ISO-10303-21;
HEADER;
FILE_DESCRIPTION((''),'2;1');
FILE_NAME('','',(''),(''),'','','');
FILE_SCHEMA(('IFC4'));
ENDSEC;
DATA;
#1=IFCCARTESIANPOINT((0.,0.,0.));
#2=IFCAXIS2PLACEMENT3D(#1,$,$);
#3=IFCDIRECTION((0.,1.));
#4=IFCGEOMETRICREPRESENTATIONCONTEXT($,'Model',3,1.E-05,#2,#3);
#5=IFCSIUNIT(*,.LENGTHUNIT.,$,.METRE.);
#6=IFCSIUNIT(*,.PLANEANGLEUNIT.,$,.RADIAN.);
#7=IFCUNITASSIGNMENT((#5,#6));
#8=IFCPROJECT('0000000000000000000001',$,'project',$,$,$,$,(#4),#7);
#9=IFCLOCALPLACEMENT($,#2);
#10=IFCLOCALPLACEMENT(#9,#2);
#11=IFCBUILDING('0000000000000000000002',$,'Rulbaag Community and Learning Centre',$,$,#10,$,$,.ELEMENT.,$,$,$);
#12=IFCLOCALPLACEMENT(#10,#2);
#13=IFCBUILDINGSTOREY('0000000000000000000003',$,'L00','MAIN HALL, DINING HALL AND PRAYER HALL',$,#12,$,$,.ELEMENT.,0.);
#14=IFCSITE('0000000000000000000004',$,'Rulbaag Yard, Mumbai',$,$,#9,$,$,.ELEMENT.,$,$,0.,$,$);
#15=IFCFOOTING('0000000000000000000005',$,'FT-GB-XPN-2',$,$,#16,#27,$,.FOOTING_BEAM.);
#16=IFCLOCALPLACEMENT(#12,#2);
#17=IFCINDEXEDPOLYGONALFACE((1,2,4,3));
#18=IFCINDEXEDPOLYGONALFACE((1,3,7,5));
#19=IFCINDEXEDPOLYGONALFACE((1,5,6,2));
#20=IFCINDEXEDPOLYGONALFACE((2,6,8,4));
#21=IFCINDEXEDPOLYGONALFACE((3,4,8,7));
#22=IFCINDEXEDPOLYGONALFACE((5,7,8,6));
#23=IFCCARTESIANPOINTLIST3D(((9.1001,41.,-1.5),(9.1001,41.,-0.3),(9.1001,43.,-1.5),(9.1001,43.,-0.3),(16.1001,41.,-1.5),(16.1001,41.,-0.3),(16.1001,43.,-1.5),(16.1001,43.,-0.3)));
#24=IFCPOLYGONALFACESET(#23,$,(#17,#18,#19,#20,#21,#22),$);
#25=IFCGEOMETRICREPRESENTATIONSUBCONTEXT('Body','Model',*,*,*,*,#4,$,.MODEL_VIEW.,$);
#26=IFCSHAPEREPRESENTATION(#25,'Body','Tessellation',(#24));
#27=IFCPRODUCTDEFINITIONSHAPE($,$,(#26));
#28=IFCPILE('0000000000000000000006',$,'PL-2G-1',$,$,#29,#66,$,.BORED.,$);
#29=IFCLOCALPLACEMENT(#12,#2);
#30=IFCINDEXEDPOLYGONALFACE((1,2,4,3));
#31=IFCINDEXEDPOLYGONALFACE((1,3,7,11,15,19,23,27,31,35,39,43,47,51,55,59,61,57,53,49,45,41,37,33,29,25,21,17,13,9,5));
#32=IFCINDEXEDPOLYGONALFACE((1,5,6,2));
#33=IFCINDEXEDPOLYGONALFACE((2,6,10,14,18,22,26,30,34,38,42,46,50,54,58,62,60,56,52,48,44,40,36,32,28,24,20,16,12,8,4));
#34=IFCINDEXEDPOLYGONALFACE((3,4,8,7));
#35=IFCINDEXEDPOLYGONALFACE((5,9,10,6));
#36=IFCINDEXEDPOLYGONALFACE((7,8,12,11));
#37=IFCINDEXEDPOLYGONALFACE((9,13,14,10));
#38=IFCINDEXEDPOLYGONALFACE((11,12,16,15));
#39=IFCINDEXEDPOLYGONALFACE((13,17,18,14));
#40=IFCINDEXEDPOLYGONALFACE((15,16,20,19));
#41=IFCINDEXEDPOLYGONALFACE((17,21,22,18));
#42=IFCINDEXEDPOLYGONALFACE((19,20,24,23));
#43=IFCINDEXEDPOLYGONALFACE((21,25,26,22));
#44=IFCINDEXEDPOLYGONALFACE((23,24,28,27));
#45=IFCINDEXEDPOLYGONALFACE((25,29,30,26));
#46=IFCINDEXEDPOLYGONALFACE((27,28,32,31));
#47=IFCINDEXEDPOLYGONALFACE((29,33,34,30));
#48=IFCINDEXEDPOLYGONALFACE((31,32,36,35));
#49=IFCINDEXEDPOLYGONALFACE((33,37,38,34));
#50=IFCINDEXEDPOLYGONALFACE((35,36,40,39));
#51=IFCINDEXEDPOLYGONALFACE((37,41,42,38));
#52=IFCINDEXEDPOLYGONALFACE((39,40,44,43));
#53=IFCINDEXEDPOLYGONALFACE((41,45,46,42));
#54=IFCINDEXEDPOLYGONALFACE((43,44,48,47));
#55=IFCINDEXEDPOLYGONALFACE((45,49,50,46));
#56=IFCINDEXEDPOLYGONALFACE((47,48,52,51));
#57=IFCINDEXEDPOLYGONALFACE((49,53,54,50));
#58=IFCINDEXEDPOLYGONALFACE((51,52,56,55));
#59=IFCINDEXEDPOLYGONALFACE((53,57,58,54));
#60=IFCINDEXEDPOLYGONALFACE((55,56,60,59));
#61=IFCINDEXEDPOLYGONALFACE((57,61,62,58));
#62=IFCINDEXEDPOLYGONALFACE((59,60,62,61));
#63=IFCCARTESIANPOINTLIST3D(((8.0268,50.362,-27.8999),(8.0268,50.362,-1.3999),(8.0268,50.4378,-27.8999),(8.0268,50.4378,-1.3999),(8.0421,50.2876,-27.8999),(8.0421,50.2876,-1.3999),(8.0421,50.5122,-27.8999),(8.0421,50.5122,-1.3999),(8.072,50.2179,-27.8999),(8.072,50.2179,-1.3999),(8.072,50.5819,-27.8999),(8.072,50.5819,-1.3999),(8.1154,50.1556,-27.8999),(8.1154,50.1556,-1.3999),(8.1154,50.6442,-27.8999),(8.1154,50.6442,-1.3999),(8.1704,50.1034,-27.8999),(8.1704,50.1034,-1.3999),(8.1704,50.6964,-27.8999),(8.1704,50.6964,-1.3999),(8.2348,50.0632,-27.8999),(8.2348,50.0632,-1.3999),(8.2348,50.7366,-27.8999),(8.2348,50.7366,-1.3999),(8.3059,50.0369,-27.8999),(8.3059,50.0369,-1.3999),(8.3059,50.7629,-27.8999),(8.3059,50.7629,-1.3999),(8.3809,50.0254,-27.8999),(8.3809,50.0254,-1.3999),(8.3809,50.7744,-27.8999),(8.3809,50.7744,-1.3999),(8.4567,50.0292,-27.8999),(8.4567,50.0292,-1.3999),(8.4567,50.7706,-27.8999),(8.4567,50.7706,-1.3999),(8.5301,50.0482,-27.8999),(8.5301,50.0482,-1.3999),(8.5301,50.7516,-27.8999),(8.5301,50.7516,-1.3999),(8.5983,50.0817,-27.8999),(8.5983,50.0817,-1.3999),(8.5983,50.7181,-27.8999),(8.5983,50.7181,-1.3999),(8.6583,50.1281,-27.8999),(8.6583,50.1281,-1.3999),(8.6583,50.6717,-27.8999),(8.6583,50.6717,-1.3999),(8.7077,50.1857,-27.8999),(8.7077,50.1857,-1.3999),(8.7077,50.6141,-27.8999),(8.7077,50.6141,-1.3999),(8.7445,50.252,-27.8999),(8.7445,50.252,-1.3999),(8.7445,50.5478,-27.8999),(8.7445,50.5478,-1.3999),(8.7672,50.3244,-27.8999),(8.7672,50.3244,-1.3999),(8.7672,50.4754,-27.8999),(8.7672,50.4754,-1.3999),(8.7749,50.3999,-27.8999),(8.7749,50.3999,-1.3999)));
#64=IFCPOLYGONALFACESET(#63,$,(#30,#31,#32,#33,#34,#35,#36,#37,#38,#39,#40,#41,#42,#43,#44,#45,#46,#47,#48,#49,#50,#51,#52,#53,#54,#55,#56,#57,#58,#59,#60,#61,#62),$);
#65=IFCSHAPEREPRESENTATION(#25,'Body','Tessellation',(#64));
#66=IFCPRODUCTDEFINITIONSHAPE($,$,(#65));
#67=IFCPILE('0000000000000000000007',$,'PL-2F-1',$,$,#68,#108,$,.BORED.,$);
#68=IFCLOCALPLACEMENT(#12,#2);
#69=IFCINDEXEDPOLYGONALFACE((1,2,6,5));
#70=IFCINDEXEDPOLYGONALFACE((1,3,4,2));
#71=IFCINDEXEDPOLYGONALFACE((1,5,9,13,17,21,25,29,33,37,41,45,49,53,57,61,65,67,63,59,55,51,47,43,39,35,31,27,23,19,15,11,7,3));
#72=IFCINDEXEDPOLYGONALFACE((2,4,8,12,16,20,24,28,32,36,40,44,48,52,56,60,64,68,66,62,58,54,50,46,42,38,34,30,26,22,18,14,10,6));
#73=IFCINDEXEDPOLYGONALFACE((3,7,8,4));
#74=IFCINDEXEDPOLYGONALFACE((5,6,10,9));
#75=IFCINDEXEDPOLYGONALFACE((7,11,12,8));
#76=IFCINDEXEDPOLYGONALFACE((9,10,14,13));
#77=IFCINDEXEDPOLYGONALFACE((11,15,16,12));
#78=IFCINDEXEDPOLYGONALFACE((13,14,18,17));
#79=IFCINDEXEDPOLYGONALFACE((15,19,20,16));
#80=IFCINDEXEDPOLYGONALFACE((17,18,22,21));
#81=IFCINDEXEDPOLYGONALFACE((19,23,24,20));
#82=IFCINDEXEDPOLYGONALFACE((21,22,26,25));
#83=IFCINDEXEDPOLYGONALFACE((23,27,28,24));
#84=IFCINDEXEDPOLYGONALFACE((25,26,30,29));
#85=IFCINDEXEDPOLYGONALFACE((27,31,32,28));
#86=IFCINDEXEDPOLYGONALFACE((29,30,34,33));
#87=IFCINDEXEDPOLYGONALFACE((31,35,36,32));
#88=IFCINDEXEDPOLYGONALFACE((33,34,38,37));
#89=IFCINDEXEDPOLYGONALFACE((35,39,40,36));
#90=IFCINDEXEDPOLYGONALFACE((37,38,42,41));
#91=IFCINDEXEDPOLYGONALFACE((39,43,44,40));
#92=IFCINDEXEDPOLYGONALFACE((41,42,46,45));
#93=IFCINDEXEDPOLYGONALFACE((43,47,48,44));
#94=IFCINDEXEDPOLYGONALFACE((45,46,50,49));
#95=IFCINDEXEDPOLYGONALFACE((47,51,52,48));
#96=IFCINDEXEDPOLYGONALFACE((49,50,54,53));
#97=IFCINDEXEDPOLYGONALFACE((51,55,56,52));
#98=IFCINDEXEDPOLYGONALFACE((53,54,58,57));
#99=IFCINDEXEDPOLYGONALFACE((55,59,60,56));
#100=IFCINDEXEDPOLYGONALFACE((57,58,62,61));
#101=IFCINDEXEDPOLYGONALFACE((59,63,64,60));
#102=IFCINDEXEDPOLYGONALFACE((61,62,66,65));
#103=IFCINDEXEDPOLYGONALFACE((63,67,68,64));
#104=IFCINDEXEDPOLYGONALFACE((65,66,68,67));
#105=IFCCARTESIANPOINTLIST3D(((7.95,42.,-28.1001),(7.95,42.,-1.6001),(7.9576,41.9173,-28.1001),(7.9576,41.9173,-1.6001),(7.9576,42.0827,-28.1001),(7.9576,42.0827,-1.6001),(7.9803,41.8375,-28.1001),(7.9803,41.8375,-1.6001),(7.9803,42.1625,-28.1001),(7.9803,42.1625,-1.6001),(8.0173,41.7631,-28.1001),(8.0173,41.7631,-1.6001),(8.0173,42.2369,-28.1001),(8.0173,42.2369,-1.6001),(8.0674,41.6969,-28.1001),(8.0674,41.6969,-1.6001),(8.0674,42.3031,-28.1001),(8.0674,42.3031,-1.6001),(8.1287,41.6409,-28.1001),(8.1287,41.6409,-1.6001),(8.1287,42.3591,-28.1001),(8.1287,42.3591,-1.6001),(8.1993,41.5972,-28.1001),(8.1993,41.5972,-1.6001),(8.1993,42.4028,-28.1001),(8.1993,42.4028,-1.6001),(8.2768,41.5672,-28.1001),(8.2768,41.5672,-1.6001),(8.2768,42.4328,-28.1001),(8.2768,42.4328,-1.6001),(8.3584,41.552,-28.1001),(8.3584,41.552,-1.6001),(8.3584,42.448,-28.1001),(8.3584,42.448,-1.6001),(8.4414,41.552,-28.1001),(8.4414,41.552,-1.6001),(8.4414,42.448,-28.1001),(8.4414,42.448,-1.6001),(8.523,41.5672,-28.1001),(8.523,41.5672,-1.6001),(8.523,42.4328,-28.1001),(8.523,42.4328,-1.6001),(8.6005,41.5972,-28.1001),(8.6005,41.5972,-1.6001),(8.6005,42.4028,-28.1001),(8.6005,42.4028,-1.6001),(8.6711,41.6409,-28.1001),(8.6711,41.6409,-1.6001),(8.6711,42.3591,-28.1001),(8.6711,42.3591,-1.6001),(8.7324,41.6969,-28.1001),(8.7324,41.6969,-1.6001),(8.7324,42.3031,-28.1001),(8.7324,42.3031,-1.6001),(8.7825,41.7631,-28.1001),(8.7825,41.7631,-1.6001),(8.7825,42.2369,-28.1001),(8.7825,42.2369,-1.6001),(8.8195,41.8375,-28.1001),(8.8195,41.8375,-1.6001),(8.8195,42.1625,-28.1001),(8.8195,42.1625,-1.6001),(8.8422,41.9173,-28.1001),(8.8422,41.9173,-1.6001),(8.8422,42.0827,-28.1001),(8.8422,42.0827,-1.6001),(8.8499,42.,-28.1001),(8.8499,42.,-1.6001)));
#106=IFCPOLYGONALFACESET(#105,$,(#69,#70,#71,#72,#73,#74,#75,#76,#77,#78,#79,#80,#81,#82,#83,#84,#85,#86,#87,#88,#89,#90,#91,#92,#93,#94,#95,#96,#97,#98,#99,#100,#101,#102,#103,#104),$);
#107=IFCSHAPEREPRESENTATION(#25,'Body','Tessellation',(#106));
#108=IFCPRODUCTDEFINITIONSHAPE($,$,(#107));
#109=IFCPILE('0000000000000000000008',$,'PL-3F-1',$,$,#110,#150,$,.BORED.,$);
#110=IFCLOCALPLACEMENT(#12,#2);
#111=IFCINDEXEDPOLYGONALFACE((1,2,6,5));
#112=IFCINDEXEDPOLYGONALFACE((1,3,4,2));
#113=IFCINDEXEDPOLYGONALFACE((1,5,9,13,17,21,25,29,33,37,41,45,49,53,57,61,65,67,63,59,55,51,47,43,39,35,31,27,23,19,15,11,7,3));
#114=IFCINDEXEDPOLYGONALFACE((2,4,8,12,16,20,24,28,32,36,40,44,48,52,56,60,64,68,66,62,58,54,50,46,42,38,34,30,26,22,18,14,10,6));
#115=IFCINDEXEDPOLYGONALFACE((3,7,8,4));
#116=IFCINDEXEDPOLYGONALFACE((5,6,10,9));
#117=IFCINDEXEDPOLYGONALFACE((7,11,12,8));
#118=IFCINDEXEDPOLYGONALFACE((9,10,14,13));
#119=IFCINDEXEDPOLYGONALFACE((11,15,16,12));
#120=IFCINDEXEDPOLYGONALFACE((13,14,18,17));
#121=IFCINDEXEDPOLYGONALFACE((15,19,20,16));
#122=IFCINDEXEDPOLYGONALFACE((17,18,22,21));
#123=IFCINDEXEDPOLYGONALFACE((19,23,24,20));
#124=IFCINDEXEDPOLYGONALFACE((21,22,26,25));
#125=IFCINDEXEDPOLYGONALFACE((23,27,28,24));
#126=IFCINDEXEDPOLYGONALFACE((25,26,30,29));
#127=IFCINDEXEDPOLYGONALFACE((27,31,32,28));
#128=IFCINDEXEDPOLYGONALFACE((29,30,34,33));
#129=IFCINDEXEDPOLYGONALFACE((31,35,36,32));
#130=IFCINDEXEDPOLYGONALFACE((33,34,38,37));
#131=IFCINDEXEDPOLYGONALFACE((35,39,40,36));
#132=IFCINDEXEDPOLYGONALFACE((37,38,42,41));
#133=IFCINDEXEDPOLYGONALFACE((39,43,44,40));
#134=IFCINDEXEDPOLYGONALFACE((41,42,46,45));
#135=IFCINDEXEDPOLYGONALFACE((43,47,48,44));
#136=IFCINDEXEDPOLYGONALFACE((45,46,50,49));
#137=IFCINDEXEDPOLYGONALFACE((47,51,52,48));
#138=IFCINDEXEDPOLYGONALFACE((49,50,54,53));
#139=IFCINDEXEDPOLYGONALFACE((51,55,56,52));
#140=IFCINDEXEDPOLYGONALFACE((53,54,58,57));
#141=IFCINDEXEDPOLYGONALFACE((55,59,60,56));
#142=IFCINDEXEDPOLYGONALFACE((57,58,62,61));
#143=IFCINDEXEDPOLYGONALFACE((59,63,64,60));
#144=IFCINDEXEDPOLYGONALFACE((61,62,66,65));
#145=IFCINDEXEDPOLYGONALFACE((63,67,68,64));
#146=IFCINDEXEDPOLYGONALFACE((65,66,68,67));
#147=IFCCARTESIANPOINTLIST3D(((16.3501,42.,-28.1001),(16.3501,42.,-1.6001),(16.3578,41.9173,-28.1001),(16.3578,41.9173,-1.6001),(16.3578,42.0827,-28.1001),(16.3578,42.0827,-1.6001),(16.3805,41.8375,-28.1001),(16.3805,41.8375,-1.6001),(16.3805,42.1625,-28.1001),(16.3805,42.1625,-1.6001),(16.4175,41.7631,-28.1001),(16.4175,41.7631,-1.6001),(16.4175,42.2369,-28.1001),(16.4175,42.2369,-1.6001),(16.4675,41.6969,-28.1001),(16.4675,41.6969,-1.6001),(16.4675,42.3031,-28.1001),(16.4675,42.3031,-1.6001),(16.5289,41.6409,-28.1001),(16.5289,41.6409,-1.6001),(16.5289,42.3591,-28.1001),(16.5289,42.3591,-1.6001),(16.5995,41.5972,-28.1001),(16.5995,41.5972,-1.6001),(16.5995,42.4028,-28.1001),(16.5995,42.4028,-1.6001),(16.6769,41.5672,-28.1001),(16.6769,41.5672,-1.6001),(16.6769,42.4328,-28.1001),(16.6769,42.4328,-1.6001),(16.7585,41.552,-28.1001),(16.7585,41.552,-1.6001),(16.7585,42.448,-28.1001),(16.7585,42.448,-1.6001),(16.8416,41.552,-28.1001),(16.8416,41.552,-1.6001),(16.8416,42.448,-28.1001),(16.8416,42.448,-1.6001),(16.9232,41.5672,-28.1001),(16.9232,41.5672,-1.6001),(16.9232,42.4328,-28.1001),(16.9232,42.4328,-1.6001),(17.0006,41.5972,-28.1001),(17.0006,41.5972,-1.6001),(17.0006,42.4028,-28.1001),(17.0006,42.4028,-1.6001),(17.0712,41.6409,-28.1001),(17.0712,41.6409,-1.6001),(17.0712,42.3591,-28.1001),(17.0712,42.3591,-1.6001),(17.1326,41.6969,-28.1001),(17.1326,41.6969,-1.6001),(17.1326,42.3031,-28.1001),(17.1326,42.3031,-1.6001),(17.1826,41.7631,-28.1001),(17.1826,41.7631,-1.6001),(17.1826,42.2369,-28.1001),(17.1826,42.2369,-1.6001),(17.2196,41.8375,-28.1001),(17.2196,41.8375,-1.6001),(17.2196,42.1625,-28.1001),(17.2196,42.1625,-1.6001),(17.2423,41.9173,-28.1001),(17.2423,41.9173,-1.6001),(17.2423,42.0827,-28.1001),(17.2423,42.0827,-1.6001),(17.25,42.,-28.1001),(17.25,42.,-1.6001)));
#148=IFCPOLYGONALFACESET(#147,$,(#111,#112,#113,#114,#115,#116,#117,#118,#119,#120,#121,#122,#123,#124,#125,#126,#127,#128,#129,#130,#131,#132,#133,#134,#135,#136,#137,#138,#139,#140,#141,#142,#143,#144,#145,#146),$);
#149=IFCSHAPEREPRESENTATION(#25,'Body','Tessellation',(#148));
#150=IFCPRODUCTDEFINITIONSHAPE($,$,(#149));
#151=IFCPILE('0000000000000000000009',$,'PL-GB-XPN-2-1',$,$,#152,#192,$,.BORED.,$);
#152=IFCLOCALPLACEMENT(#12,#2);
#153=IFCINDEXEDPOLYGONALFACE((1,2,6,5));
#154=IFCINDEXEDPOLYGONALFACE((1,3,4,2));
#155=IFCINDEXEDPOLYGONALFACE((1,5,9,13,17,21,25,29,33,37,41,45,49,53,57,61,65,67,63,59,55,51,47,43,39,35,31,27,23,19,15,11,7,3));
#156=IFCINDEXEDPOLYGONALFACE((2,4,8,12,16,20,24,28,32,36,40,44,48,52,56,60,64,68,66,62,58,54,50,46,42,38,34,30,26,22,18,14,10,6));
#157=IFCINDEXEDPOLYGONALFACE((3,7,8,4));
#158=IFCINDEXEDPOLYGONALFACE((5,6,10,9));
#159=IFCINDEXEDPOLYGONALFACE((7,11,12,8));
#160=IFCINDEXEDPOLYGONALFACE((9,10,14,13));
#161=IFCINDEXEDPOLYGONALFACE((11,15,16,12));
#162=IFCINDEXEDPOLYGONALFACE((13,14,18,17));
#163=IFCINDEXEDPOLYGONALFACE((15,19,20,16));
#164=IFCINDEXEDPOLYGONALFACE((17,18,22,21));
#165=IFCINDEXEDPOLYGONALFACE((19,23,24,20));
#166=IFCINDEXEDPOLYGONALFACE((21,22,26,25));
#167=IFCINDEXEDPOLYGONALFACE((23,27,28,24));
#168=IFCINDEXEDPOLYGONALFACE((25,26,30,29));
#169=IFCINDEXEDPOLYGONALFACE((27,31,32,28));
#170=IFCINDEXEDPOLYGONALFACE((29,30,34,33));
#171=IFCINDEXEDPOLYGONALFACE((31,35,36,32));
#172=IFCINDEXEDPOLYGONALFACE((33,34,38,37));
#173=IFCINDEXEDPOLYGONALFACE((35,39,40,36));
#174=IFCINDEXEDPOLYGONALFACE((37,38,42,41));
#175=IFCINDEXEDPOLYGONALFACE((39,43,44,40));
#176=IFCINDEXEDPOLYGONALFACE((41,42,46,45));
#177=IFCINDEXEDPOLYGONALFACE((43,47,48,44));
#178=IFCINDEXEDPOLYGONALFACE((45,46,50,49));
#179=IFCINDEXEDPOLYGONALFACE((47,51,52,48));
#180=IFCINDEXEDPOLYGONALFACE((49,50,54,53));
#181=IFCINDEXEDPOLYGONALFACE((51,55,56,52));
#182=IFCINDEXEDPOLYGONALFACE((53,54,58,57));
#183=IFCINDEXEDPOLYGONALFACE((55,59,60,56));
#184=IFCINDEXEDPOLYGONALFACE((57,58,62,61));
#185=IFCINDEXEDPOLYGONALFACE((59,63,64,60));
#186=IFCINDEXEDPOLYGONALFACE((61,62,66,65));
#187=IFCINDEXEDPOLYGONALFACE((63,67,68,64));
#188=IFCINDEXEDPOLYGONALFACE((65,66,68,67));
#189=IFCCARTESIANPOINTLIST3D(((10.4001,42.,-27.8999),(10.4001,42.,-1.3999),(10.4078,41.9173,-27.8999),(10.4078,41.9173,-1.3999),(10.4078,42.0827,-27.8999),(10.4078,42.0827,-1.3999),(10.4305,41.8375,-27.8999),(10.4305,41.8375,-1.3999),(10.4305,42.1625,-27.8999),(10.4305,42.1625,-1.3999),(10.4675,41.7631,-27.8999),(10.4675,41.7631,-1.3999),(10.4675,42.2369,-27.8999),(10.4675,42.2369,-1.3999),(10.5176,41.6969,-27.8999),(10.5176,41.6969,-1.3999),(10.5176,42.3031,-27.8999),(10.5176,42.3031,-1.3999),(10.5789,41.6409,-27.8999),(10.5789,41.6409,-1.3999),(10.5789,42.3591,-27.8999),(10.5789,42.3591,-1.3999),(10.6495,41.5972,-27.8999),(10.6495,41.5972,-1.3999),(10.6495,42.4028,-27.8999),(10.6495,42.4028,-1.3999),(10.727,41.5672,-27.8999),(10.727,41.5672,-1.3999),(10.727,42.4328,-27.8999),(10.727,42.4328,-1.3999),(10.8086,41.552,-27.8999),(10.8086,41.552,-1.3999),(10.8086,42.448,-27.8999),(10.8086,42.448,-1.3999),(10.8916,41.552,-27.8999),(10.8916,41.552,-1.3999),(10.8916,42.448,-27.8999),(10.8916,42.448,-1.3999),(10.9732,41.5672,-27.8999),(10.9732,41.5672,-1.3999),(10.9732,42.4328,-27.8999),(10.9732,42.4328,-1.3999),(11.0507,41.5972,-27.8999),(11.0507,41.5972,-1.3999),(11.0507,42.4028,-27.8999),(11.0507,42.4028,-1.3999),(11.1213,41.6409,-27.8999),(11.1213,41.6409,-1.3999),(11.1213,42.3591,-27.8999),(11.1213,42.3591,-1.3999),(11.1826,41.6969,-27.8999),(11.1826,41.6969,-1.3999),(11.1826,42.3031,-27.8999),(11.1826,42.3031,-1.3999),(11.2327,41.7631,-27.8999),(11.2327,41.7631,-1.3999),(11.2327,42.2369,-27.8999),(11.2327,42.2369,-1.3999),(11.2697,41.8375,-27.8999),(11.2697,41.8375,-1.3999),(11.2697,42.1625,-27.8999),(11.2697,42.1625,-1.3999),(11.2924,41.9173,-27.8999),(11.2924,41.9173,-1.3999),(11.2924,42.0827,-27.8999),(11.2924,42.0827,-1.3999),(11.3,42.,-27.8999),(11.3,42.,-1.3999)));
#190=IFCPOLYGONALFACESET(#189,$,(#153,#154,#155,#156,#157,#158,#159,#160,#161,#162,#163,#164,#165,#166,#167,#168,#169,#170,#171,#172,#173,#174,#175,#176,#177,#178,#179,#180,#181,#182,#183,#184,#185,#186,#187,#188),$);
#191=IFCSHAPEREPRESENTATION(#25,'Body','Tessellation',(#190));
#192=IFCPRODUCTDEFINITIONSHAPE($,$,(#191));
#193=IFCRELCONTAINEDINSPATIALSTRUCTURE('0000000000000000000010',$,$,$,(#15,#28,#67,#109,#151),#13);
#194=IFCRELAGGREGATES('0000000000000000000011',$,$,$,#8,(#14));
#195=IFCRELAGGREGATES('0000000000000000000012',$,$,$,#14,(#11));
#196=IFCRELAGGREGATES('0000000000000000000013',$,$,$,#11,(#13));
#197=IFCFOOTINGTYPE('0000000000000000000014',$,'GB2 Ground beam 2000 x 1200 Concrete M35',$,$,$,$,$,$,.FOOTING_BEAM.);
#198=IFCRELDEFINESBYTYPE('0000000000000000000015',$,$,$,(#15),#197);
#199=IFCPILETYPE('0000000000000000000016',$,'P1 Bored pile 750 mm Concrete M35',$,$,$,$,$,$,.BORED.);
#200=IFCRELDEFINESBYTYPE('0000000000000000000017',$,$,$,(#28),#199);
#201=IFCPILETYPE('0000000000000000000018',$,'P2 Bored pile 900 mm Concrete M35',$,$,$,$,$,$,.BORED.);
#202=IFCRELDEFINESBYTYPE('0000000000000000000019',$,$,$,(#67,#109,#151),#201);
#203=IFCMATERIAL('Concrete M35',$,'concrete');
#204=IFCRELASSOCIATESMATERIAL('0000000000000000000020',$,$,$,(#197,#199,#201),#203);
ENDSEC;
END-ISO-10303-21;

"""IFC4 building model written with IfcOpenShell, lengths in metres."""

from ifc_helpers import new_model, si_unit, direction, frame, origin, origin_2d, place, context, subcontext, project, spatial, rectangle, circle, extrude, material, material_profile, profile_set, type_object, element, save


model = new_model("IFC4")

# Units and contexts
model_context = context("Model", 3, precision=1e-05, world=origin(), true_north=direction((0.0, 1.0)))
body_context = subcontext(model_context, "Body", "Model", "MODEL_VIEW")
ifc_project = project(units=[si_unit("LENGTHUNIT", "METRE"), si_unit("PLANEANGLEUNIT", "RADIAN")], contexts=[model_context])

# Site, building, storey
site_placement = place(None, origin())
site = spatial("IfcSite", under=ifc_project, at=site_placement, Name="Rulbaag Yard, Mumbai", CompositionType="ELEMENT", RefElevation=0.0)
building_placement = place(site_placement, origin())
building = spatial("IfcBuilding", under=site, at=building_placement, Name="Rulbaag Community and Learning Centre", CompositionType="ELEMENT")
storey_placement = place(building_placement, origin())
storey = spatial("IfcBuildingStorey", under=building, at=storey_placement, Name="L00", Description="MAIN HALL, DINING HALL AND PRAYER HALL", CompositionType="ELEMENT", Elevation=0.0)

# Footing
ifc_material_1 = material(Name="Concrete M35", Category="concrete")
footing_type_1 = type_object("IfcFootingType", Name="GB2 Ground beam 2000 x 1200 Concrete M35", PredefinedType="FOOTING_BEAM", material=ifc_material_1)
footing_placement = place(storey_placement, frame((12.6001, 42.0, -1.5), z_axis=(0.0, 0.0, 1.0), x_axis=(1.0, 0.0, 0.0)))
element("IfcFooting", 1, at=footing_placement, inside=storey, type_object=footing_type_1, Name="FT-GB-XPN-2", PredefinedType="FOOTING_BEAM", context=body_context, shape_type="SweptSolid", body=[
    extrude(rectangle(XDim=7.0, YDim=2.0, at=origin_2d()), origin(), (0.0, 0.0, 1.0), 1.2),
])

# Piles
ifc_material_profile_1 = material_profile(ifc_material_1, circle(Radius=0.375, at=origin_2d()), Name="BP750")
ifc_profile_set_1 = profile_set([ifc_material_profile_1], Name="Concrete M35")
pile_type_1 = type_object("IfcPileType", Name="P1 Bored pile 750 mm Concrete M35", PredefinedType="BORED", material=ifc_profile_set_1)
pile_placement = place(storey_placement, frame((8.3999, 50.3999, -1.3999), z_axis=(0.0, 0.0, -1.0), x_axis=(1.0, 0.0, 0.0)))
element("IfcPile", 2, at=pile_placement, inside=storey, type_object=pile_type_1, Name="PL-2G-1", PredefinedType="BORED", context=body_context, shape_type="SweptSolid", body=[
    extrude(circle(Radius=0.375, at=origin_2d()), origin(), (0.0, 0.0, 1.0), 26.5),
])
ifc_material_profile_2 = material_profile(ifc_material_1, circle(Radius=0.45, at=origin_2d()), Name="BP900")
ifc_profile_set_2 = profile_set([ifc_material_profile_2], Name="Concrete M35")
pile_type_2 = type_object("IfcPileType", Name="P2 Bored pile 900 mm Concrete M35", PredefinedType="BORED", material=ifc_profile_set_2)
for number, where, z_axis, x_axis, name in (
    (3, (8.3999, 42.0, -1.6001), (0.0, 0.0, -1.0), (1.0, 0.0, 0.0), "PL-2F-1"),
    (4, (16.8, 42.0, -1.6001), (0.0, 0.0, -1.0), (1.0, 0.0, 0.0), "PL-3F-1"),
    (5, (10.8501, 42.0, -1.3999), (0.0, 0.0, -1.0), (1.0, 0.0, 0.0), "PL-GB-XPN-2-1"),
):
    element("IfcPile", number, at=place(storey_placement, frame(where, z_axis=z_axis, x_axis=x_axis)), inside=storey, type_object=pile_type_2, Name=name, PredefinedType="BORED", context=body_context, shape_type="SweptSolid", body=[
        extrude(circle(Radius=0.45, at=origin_2d()), origin(), (0.0, 0.0, 1.0), 26.5),
    ])

save(model, "model.ifc")
